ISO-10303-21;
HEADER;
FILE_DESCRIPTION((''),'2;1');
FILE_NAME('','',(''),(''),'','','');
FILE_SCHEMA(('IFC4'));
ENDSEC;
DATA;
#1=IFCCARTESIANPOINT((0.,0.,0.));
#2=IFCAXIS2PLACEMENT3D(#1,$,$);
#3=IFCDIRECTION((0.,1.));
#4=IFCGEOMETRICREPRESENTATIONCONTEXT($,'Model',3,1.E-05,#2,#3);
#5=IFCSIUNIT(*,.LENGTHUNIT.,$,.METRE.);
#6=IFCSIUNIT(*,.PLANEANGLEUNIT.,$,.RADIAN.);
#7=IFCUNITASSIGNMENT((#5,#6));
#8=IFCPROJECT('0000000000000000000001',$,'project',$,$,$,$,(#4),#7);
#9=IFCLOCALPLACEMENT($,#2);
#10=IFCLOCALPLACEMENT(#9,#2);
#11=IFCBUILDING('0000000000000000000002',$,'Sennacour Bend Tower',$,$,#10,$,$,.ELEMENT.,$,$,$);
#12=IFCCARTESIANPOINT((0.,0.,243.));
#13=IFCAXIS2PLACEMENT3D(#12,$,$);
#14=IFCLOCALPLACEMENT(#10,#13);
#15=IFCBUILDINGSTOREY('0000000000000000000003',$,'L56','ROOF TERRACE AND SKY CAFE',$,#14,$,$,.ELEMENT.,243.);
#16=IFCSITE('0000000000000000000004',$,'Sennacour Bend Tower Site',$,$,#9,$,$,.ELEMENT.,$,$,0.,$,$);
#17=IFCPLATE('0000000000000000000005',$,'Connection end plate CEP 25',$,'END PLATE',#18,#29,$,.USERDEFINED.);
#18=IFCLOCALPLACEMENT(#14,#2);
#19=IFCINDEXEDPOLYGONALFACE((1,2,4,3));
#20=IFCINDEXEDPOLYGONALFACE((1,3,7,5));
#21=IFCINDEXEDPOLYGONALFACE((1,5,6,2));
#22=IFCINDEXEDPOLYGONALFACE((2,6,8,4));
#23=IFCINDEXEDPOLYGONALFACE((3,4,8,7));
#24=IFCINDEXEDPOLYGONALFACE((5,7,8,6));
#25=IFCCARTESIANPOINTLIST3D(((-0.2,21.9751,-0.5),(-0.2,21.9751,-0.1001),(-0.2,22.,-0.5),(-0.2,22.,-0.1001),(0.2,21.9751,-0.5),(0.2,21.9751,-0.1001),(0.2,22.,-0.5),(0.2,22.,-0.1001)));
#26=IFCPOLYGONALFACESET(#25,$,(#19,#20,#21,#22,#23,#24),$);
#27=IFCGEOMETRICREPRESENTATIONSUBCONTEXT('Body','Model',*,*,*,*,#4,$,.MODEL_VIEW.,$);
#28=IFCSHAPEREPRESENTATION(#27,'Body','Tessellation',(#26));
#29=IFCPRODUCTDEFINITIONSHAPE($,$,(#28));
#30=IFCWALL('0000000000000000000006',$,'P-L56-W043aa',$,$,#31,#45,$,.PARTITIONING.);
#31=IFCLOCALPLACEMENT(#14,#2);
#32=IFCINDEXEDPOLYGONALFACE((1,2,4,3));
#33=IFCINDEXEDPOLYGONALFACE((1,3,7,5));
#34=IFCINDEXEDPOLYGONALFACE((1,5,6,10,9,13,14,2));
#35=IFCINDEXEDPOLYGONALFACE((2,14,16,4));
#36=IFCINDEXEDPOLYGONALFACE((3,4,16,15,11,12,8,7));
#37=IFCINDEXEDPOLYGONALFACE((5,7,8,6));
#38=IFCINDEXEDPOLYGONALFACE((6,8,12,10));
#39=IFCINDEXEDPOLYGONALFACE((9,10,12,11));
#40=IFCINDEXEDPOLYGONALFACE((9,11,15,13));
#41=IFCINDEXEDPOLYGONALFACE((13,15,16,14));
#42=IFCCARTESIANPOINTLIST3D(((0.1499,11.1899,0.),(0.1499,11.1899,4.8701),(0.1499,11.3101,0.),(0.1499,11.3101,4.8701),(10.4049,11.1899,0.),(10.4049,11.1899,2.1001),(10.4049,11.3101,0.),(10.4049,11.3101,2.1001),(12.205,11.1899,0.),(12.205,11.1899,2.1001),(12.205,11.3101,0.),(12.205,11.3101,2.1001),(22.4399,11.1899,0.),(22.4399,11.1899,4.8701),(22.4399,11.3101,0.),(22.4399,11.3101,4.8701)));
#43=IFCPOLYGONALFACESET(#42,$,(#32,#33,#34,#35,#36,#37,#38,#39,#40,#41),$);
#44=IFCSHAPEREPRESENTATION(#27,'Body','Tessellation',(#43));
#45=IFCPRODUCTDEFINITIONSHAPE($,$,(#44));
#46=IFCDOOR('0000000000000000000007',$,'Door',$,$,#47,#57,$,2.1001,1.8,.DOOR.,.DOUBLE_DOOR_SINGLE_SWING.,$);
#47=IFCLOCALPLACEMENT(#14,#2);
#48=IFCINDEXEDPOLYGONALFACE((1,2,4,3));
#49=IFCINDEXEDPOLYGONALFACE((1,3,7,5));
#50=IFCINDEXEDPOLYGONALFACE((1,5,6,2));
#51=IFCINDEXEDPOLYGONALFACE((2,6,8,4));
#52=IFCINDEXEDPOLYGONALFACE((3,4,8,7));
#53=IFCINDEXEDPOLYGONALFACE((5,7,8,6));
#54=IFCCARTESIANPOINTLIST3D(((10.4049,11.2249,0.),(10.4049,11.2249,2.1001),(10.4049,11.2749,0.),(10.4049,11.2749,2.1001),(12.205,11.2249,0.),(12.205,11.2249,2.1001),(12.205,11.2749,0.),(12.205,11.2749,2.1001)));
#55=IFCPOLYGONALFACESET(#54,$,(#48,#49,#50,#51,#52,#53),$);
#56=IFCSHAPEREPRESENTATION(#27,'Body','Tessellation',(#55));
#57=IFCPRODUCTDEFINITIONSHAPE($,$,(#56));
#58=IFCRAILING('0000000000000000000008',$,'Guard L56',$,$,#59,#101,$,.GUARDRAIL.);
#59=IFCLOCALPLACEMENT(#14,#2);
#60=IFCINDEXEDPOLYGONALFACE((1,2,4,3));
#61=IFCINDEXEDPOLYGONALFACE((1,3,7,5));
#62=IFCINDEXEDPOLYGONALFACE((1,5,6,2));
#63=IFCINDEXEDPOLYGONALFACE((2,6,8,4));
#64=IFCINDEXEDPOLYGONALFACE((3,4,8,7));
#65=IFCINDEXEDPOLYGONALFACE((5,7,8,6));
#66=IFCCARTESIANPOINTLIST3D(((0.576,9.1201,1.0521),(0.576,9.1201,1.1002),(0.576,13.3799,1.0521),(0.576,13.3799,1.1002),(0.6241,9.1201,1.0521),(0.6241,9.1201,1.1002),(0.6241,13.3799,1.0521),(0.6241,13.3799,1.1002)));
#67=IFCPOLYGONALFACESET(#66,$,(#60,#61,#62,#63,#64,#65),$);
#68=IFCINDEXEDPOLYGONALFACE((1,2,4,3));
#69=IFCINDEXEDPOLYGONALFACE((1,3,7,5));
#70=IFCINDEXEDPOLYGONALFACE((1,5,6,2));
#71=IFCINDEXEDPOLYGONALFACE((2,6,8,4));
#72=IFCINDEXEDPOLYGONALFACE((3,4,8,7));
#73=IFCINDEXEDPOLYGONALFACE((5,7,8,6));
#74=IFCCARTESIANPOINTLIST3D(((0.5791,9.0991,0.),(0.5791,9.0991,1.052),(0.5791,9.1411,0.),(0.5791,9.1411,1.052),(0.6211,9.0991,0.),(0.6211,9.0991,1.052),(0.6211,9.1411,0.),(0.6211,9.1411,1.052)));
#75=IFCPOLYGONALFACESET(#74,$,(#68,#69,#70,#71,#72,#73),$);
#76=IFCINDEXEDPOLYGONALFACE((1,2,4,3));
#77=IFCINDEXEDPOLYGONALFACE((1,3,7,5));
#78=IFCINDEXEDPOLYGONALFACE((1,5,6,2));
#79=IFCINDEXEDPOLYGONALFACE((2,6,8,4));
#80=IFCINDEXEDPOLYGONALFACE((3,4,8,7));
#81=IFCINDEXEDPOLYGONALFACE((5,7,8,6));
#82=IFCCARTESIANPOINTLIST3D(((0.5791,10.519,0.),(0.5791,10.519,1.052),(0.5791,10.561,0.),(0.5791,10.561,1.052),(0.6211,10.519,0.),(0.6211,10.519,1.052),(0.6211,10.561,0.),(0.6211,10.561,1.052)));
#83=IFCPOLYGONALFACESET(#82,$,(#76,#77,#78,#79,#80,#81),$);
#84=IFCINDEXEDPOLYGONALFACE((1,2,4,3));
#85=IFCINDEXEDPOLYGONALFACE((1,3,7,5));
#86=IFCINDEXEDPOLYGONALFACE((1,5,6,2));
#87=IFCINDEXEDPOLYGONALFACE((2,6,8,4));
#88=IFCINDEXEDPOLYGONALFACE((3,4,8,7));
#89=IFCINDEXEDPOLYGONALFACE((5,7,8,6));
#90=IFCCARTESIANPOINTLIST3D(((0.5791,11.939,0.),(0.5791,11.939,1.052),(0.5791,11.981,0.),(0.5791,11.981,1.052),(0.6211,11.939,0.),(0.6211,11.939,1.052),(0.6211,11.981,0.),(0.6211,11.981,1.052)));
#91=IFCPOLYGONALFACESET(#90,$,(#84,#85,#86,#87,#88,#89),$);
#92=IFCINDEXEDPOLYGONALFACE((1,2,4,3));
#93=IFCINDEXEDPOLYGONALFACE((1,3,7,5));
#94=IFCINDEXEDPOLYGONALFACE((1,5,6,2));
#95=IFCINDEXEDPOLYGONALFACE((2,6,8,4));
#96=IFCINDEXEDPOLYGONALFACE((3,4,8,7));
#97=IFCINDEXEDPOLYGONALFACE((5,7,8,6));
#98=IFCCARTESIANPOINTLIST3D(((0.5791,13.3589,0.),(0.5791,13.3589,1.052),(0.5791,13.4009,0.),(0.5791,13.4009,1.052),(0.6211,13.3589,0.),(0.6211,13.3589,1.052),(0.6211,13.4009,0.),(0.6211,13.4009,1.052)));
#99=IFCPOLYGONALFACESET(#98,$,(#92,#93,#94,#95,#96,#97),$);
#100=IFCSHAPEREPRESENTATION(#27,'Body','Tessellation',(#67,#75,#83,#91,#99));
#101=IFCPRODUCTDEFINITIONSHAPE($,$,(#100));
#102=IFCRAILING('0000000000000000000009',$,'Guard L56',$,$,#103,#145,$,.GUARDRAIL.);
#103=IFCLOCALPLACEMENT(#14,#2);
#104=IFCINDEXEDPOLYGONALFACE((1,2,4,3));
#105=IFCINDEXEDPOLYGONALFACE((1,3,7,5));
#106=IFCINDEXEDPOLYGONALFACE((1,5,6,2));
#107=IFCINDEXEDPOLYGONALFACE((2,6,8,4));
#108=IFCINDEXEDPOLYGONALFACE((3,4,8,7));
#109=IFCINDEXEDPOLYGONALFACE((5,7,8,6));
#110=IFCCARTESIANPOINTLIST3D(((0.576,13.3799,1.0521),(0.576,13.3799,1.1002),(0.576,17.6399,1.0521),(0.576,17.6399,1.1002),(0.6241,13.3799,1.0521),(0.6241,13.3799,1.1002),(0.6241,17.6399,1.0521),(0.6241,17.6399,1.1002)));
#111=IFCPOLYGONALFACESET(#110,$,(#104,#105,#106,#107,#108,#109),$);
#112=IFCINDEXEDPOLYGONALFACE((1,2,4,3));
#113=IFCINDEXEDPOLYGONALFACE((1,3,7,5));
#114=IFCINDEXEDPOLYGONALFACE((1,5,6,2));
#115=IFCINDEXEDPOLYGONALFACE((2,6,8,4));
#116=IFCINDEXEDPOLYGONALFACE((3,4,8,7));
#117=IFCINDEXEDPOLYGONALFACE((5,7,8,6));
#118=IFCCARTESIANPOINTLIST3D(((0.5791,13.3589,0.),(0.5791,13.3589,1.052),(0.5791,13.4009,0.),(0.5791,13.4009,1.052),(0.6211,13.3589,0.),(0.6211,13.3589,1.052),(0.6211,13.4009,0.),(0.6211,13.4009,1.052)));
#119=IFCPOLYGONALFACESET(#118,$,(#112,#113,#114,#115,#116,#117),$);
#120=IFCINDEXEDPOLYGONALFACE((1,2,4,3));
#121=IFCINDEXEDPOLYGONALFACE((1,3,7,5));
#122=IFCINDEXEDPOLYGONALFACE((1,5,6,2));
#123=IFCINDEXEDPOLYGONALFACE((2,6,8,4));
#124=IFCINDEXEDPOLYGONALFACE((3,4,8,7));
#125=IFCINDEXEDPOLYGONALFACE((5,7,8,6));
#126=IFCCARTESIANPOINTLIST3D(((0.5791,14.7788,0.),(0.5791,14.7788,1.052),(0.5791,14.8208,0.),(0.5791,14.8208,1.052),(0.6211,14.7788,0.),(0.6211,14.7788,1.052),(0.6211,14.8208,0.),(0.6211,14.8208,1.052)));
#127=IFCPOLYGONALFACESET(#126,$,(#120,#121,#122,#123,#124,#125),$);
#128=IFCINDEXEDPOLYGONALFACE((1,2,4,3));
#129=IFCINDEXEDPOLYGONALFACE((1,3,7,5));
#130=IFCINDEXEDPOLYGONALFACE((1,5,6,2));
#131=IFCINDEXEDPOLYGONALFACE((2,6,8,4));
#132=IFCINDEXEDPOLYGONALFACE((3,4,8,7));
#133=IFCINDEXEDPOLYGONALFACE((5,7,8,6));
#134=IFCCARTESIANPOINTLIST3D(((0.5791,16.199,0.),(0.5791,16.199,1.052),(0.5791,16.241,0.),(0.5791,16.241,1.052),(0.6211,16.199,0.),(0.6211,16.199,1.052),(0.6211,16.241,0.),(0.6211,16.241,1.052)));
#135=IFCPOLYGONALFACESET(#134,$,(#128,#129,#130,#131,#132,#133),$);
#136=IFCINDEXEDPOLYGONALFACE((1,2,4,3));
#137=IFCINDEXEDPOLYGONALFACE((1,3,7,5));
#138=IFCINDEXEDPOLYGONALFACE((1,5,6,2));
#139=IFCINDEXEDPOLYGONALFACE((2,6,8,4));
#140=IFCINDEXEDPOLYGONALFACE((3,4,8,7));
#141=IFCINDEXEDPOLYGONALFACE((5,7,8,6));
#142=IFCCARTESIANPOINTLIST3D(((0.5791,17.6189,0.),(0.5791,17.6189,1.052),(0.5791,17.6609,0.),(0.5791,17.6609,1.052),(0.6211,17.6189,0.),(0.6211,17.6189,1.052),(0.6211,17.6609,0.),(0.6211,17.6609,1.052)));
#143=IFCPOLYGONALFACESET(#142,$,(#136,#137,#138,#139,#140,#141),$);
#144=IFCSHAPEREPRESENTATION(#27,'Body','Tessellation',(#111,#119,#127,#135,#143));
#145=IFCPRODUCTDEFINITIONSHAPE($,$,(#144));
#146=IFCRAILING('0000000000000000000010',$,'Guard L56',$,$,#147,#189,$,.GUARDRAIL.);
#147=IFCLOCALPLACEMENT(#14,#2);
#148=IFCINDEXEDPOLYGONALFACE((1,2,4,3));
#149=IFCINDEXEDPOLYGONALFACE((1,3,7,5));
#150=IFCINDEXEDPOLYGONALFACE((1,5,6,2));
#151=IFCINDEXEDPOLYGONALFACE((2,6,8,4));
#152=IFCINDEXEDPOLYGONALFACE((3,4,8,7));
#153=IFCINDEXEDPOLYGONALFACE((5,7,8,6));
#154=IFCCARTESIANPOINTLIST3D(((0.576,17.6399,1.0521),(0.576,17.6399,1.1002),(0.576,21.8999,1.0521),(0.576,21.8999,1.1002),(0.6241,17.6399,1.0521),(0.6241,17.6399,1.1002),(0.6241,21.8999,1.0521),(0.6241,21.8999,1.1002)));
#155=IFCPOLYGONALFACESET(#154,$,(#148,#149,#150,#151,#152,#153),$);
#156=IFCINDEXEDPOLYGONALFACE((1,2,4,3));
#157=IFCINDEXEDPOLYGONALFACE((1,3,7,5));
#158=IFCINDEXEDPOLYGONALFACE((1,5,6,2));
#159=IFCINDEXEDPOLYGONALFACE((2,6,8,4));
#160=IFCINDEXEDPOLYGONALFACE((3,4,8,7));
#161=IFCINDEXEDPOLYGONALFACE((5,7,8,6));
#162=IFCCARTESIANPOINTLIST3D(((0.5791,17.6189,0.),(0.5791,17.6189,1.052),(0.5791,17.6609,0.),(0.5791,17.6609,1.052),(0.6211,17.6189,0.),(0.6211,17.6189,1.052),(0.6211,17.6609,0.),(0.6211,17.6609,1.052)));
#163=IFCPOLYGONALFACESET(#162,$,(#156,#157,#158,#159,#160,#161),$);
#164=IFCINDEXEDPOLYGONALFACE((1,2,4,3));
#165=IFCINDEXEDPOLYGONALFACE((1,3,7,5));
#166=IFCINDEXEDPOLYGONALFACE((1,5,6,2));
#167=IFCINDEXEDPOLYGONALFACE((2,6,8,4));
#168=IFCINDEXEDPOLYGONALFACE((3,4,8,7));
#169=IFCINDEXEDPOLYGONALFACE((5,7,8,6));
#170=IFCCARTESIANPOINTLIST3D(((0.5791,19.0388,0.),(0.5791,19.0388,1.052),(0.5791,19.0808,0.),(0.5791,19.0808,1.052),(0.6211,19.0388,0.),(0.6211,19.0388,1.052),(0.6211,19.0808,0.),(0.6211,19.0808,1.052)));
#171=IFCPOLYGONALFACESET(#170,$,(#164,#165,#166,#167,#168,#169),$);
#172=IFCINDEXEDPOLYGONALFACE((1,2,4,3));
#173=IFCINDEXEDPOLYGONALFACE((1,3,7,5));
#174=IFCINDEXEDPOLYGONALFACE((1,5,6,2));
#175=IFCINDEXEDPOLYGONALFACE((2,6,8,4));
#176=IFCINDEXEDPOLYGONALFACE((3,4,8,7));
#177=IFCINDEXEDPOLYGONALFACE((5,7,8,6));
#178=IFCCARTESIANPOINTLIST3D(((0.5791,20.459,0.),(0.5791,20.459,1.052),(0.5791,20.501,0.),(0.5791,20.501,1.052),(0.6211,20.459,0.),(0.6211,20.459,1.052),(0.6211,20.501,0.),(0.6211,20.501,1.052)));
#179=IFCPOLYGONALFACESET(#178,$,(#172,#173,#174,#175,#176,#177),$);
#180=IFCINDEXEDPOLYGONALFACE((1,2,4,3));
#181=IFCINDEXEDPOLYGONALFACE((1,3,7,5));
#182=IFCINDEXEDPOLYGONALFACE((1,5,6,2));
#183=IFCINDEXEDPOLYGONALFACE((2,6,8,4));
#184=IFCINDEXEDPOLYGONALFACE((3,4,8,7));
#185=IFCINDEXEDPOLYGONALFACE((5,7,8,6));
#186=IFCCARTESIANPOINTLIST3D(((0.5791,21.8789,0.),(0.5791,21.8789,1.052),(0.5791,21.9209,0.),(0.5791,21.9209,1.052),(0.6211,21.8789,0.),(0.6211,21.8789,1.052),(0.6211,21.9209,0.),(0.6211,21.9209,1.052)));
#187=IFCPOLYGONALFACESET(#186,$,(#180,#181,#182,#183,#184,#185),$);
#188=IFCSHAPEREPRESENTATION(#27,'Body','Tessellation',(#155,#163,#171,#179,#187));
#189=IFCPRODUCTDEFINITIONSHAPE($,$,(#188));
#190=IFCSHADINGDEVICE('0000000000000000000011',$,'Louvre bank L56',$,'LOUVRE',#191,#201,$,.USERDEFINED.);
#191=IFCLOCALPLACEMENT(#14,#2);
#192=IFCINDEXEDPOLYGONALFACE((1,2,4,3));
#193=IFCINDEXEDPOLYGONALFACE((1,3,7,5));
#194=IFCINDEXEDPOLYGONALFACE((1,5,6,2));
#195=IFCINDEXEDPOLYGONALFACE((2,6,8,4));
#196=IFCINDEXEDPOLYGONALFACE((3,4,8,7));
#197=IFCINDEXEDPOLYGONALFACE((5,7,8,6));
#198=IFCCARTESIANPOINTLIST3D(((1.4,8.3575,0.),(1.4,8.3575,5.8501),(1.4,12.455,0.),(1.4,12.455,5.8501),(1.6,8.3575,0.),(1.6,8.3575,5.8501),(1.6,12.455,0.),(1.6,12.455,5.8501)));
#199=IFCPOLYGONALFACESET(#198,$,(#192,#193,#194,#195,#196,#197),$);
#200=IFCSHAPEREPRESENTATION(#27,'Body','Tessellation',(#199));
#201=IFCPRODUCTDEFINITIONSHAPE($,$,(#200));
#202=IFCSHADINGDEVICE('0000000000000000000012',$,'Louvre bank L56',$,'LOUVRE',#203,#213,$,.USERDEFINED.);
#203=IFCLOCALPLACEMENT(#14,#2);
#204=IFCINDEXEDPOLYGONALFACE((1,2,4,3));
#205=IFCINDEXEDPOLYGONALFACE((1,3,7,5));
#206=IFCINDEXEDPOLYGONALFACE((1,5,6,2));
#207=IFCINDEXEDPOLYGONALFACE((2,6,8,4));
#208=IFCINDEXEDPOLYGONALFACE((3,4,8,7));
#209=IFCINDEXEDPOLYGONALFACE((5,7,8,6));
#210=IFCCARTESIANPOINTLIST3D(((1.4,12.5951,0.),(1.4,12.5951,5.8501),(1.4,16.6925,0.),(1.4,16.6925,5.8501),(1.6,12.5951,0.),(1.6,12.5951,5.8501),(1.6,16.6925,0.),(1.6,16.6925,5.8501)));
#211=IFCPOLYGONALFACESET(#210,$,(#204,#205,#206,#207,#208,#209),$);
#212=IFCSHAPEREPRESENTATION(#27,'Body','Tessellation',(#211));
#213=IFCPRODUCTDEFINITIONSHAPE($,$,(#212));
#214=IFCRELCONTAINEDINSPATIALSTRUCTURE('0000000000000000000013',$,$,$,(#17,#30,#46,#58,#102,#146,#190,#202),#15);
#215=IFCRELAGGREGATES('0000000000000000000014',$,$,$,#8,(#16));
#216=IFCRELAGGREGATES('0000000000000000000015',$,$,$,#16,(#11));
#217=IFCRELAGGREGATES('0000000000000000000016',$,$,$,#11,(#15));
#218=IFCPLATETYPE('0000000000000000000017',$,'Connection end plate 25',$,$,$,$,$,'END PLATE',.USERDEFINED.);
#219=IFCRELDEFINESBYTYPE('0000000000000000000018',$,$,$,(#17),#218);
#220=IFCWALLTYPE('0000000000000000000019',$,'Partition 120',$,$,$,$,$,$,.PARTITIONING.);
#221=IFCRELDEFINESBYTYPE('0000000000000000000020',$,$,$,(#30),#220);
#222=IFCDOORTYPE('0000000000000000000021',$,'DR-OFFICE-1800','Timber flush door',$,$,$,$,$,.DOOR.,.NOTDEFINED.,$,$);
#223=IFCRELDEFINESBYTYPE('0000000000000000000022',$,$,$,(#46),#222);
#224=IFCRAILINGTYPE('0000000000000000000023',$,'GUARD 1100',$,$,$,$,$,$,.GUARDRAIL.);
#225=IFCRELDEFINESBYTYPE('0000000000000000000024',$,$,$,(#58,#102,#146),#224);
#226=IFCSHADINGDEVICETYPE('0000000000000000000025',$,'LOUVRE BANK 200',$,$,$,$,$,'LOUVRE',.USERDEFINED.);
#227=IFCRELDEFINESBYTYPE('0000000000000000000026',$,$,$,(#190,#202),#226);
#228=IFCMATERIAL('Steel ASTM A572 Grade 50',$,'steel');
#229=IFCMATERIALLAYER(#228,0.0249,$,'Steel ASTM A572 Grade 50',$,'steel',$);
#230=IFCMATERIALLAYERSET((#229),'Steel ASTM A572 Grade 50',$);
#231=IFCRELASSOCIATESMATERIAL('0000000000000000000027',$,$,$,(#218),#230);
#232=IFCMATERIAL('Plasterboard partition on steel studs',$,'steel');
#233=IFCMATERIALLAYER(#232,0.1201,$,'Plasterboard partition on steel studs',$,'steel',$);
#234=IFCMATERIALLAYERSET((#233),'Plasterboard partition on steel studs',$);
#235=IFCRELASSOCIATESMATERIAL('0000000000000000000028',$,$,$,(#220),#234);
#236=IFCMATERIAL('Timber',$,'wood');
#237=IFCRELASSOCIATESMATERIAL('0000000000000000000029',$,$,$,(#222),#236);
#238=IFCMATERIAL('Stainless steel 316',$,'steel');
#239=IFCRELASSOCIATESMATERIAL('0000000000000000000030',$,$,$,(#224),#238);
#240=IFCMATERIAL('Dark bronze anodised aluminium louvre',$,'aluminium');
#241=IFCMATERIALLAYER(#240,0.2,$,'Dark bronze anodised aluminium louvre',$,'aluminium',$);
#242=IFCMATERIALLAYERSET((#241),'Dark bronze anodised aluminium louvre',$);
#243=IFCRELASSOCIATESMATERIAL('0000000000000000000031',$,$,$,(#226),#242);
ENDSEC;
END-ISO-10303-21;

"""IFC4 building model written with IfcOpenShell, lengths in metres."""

from ifc_helpers import new_model, si_unit, direction, frame, frame_2d, origin, origin_2d, place, context, subcontext, project, spatial, rectangle, extrude, material, layer, layer_set, type_object, element, fill, save


model = new_model("IFC4")

# Units and contexts
model_context = context("Model", 3, precision=1e-05, world=origin(), true_north=direction((0.0, 1.0)))
body_context = subcontext(model_context, "Body", "Model", "MODEL_VIEW")
ifc_project = project(units=[si_unit("LENGTHUNIT", "METRE"), si_unit("PLANEANGLEUNIT", "RADIAN")], contexts=[model_context])

# Site, building, storey
site_placement = place(None, origin())
site = spatial("IfcSite", under=ifc_project, at=site_placement, Name="Sennacour Bend Tower Site", CompositionType="ELEMENT", RefElevation=0.0)
building_placement = place(site_placement, origin())
building = spatial("IfcBuilding", under=site, at=building_placement, Name="Sennacour Bend Tower", CompositionType="ELEMENT")
storey_placement = place(building_placement, frame((0.0, 0.0, 243.0)))
storey = spatial("IfcBuildingStorey", under=building, at=storey_placement, Name="L56", Description="ROOF TERRACE AND SKY CAFE", CompositionType="ELEMENT", Elevation=243.0)

# Shared definitions
ifc_material_1 = material(Name="Steel ASTM A572 Grade 50", Category="steel")

# Plate
ifc_layer_1 = layer(ifc_material_1, 0.0249, Name="Steel ASTM A572 Grade 50", Category="steel")
ifc_layer_set_1 = layer_set([ifc_layer_1], Name="Steel ASTM A572 Grade 50")
plate_type = type_object("IfcPlateType", Name="Connection end plate 25", ElementType="END PLATE", PredefinedType="USERDEFINED", material=ifc_layer_set_1)
for number, where, z_axis, x_axis, name in (
    (1, (0.0, 21.9875, -0.5), (0.0, 0.0, 1.0), (0.0, 1.0, 0.0), "Connection end plate CEP 25"),
):
    element("IfcPlate", number, at=place(storey_placement, frame(where, z_axis=z_axis, x_axis=x_axis)), inside=storey, type_object=plate_type, Name=name, ObjectType="END PLATE", PredefinedType="USERDEFINED", context=body_context, shape_type="SweptSolid", body=[
        extrude(rectangle(XDim=0.0249, YDim=0.3999, at=origin_2d()), origin(), (0.0, 0.0, 1.0), 0.3999),
    ])

# Wall, opening, door
ifc_material_2 = material(Name="Plasterboard partition on steel studs", Category="steel")
ifc_layer_2 = layer(ifc_material_2, 0.1201, Name="Plasterboard partition on steel studs", Category="steel")
ifc_layer_set_2 = layer_set([ifc_layer_2], Name="Plasterboard partition on steel studs")
wall_type = type_object("IfcWallType", Name="Partition 120", PredefinedType="PARTITIONING", material=ifc_layer_set_2)
wall_placement = place(storey_placement, frame((0.1499, 11.25, 0.0), z_axis=(0.0, 0.0, 1.0), x_axis=(1.0, 0.0, 0.0)))
wall = element("IfcWall", 2, at=wall_placement, inside=storey, type_object=wall_type, Name="P-L56-W043aa", PredefinedType="PARTITIONING", context=body_context, shape_type="SweptSolid", body=[
    extrude(rectangle(XDim=22.29, YDim=0.1201, at=frame_2d((11.145, 0.0))), origin(), (0.0, 0.0, 1.0), 4.8701),
])
opening_placement = place(wall_placement, frame((10.2551, 0.0, 0.0)))
opening = element("IfcOpeningElement", 3, at=opening_placement, cuts=wall, PredefinedType="OPENING", context=body_context, shape_type="SweptSolid", body=[
    extrude(rectangle(XDim=1.8, YDim=2.1001, at=frame_2d((0.8999, 1.05))), frame((0.0, 0.0701, 0.0), z_axis=(0.0, -1.0, 0.0), x_axis=(1.0, 0.0, 0.0)), (0.0, 0.0, 1.0), 0.1401),
])
ifc_material_3 = material(Name="Timber", Category="wood")
door_type = type_object("IfcDoorType", Name="DR-OFFICE-1800", Description="Timber flush door", OperationType="NOTDEFINED", PredefinedType="DOOR", material=ifc_material_3)
door_placement = place(opening_placement, origin())
door = element("IfcDoor", 4, at=door_placement, inside=storey, type_object=door_type, Name="Door", OperationType="DOUBLE_DOOR_SINGLE_SWING", OverallHeight=2.1001, OverallWidth=1.8, PredefinedType="DOOR", context=body_context, shape_type="SweptSolid", body=[
    extrude(rectangle(XDim=1.8, YDim=2.1001, at=frame_2d((0.8999, 1.05))), frame((0.0, 0.0249, 0.0), z_axis=(0.0, -1.0, 0.0), x_axis=(1.0, 0.0, 0.0)), (0.0, 0.0, 1.0), 0.05),
])
fill(opening, door)

# Railings
ifc_material_4 = material(Name="Stainless steel 316", Category="steel")
railing_type = type_object("IfcRailingType", Name="GUARD 1100", PredefinedType="GUARDRAIL", material=ifc_material_4)
railing_placement = place(storey_placement, frame((0.6001, 9.1201, 0.0)))
element("IfcRailing", 5, at=railing_placement, inside=storey, type_object=railing_type, Name="Guard L56", PredefinedType="GUARDRAIL", context=body_context, shape_type="SweptSolid", body=[
    extrude(rectangle(XDim=0.0481, YDim=0.0481, at=origin_2d()), frame((0.0, 0.0, 1.0762), z_axis=(0.0, 1.0, 0.0), x_axis=(-1.0, 0.0, 0.0)), (0.0, 0.0, 1.0), 4.2598),
    extrude(rectangle(XDim=0.042, YDim=0.042, at=origin_2d()), origin(), (0.0, 0.0, 1.0), 1.052),
    extrude(rectangle(XDim=0.042, YDim=0.042, at=origin_2d()), frame((0.0, 1.4199, 0.0)), (0.0, 0.0, 1.0), 1.052),
    extrude(rectangle(XDim=0.042, YDim=0.042, at=origin_2d()), frame((0.0, 2.8398, 0.0)), (0.0, 0.0, 1.0), 1.052),
    extrude(rectangle(XDim=0.042, YDim=0.042, at=origin_2d()), frame((0.0, 4.2598, 0.0)), (0.0, 0.0, 1.0), 1.052),
])
for number, where, name in (
    (6, (0.6001, 13.3799, 0.0), "Guard L56"),
    (7, (0.6001, 17.6399, 0.0), "Guard L56"),
):
    element("IfcRailing", number, at=place(storey_placement, frame(where)), inside=storey, type_object=railing_type, Name=name, PredefinedType="GUARDRAIL", context=body_context, shape_type="SweptSolid", body=[
        extrude(rectangle(XDim=0.0481, YDim=0.0481, at=origin_2d()), frame((0.0, 0.0, 1.0762), z_axis=(0.0, 1.0, 0.0), x_axis=(-1.0, 0.0, 0.0)), (0.0, 0.0, 1.0), 4.26),
        extrude(rectangle(XDim=0.042, YDim=0.042, at=origin_2d()), origin(), (0.0, 0.0, 1.0), 1.052),
        extrude(rectangle(XDim=0.042, YDim=0.042, at=origin_2d()), frame((0.0, 1.4199, 0.0)), (0.0, 0.0, 1.0), 1.052),
        extrude(rectangle(XDim=0.042, YDim=0.042, at=origin_2d()), frame((0.0, 2.8401, 0.0)), (0.0, 0.0, 1.0), 1.052),
        extrude(rectangle(XDim=0.042, YDim=0.042, at=origin_2d()), frame((0.0, 4.26, 0.0)), (0.0, 0.0, 1.0), 1.052),
    ])

# Shading devices
ifc_material_5 = material(Name="Dark bronze anodised aluminium louvre", Category="aluminium")
ifc_layer_3 = layer(ifc_material_5, 0.2, Name="Dark bronze anodised aluminium louvre", Category="aluminium")
ifc_layer_set_3 = layer_set([ifc_layer_3], Name="Dark bronze anodised aluminium louvre")
shading_device_type_1 = type_object("IfcShadingDeviceType", Name="LOUVRE BANK 200", ElementType="LOUVRE", PredefinedType="USERDEFINED", material=ifc_layer_set_3)
for number, where, z_axis, x_axis, name in (
    (8, (1.5, 10.4062, 0.0), (0.0, 0.0, 1.0), (0.0, 1.0, 0.0), "Louvre bank L56"),
    (9, (1.5, 14.6438, 0.0), (0.0, 0.0, 1.0), (0.0, 1.0, 0.0), "Louvre bank L56"),
):
    element("IfcShadingDevice", number, at=place(storey_placement, frame(where, z_axis=z_axis, x_axis=x_axis)), inside=storey, type_object=shading_device_type_1, Name=name, ObjectType="LOUVRE", PredefinedType="USERDEFINED", context=body_context, shape_type="SweptSolid", body=[
        extrude(rectangle(XDim=4.0974, YDim=0.2, at=origin_2d()), origin(), (0.0, 0.0, 1.0), 5.8501),
    ])

save(model, "model.ifc")
